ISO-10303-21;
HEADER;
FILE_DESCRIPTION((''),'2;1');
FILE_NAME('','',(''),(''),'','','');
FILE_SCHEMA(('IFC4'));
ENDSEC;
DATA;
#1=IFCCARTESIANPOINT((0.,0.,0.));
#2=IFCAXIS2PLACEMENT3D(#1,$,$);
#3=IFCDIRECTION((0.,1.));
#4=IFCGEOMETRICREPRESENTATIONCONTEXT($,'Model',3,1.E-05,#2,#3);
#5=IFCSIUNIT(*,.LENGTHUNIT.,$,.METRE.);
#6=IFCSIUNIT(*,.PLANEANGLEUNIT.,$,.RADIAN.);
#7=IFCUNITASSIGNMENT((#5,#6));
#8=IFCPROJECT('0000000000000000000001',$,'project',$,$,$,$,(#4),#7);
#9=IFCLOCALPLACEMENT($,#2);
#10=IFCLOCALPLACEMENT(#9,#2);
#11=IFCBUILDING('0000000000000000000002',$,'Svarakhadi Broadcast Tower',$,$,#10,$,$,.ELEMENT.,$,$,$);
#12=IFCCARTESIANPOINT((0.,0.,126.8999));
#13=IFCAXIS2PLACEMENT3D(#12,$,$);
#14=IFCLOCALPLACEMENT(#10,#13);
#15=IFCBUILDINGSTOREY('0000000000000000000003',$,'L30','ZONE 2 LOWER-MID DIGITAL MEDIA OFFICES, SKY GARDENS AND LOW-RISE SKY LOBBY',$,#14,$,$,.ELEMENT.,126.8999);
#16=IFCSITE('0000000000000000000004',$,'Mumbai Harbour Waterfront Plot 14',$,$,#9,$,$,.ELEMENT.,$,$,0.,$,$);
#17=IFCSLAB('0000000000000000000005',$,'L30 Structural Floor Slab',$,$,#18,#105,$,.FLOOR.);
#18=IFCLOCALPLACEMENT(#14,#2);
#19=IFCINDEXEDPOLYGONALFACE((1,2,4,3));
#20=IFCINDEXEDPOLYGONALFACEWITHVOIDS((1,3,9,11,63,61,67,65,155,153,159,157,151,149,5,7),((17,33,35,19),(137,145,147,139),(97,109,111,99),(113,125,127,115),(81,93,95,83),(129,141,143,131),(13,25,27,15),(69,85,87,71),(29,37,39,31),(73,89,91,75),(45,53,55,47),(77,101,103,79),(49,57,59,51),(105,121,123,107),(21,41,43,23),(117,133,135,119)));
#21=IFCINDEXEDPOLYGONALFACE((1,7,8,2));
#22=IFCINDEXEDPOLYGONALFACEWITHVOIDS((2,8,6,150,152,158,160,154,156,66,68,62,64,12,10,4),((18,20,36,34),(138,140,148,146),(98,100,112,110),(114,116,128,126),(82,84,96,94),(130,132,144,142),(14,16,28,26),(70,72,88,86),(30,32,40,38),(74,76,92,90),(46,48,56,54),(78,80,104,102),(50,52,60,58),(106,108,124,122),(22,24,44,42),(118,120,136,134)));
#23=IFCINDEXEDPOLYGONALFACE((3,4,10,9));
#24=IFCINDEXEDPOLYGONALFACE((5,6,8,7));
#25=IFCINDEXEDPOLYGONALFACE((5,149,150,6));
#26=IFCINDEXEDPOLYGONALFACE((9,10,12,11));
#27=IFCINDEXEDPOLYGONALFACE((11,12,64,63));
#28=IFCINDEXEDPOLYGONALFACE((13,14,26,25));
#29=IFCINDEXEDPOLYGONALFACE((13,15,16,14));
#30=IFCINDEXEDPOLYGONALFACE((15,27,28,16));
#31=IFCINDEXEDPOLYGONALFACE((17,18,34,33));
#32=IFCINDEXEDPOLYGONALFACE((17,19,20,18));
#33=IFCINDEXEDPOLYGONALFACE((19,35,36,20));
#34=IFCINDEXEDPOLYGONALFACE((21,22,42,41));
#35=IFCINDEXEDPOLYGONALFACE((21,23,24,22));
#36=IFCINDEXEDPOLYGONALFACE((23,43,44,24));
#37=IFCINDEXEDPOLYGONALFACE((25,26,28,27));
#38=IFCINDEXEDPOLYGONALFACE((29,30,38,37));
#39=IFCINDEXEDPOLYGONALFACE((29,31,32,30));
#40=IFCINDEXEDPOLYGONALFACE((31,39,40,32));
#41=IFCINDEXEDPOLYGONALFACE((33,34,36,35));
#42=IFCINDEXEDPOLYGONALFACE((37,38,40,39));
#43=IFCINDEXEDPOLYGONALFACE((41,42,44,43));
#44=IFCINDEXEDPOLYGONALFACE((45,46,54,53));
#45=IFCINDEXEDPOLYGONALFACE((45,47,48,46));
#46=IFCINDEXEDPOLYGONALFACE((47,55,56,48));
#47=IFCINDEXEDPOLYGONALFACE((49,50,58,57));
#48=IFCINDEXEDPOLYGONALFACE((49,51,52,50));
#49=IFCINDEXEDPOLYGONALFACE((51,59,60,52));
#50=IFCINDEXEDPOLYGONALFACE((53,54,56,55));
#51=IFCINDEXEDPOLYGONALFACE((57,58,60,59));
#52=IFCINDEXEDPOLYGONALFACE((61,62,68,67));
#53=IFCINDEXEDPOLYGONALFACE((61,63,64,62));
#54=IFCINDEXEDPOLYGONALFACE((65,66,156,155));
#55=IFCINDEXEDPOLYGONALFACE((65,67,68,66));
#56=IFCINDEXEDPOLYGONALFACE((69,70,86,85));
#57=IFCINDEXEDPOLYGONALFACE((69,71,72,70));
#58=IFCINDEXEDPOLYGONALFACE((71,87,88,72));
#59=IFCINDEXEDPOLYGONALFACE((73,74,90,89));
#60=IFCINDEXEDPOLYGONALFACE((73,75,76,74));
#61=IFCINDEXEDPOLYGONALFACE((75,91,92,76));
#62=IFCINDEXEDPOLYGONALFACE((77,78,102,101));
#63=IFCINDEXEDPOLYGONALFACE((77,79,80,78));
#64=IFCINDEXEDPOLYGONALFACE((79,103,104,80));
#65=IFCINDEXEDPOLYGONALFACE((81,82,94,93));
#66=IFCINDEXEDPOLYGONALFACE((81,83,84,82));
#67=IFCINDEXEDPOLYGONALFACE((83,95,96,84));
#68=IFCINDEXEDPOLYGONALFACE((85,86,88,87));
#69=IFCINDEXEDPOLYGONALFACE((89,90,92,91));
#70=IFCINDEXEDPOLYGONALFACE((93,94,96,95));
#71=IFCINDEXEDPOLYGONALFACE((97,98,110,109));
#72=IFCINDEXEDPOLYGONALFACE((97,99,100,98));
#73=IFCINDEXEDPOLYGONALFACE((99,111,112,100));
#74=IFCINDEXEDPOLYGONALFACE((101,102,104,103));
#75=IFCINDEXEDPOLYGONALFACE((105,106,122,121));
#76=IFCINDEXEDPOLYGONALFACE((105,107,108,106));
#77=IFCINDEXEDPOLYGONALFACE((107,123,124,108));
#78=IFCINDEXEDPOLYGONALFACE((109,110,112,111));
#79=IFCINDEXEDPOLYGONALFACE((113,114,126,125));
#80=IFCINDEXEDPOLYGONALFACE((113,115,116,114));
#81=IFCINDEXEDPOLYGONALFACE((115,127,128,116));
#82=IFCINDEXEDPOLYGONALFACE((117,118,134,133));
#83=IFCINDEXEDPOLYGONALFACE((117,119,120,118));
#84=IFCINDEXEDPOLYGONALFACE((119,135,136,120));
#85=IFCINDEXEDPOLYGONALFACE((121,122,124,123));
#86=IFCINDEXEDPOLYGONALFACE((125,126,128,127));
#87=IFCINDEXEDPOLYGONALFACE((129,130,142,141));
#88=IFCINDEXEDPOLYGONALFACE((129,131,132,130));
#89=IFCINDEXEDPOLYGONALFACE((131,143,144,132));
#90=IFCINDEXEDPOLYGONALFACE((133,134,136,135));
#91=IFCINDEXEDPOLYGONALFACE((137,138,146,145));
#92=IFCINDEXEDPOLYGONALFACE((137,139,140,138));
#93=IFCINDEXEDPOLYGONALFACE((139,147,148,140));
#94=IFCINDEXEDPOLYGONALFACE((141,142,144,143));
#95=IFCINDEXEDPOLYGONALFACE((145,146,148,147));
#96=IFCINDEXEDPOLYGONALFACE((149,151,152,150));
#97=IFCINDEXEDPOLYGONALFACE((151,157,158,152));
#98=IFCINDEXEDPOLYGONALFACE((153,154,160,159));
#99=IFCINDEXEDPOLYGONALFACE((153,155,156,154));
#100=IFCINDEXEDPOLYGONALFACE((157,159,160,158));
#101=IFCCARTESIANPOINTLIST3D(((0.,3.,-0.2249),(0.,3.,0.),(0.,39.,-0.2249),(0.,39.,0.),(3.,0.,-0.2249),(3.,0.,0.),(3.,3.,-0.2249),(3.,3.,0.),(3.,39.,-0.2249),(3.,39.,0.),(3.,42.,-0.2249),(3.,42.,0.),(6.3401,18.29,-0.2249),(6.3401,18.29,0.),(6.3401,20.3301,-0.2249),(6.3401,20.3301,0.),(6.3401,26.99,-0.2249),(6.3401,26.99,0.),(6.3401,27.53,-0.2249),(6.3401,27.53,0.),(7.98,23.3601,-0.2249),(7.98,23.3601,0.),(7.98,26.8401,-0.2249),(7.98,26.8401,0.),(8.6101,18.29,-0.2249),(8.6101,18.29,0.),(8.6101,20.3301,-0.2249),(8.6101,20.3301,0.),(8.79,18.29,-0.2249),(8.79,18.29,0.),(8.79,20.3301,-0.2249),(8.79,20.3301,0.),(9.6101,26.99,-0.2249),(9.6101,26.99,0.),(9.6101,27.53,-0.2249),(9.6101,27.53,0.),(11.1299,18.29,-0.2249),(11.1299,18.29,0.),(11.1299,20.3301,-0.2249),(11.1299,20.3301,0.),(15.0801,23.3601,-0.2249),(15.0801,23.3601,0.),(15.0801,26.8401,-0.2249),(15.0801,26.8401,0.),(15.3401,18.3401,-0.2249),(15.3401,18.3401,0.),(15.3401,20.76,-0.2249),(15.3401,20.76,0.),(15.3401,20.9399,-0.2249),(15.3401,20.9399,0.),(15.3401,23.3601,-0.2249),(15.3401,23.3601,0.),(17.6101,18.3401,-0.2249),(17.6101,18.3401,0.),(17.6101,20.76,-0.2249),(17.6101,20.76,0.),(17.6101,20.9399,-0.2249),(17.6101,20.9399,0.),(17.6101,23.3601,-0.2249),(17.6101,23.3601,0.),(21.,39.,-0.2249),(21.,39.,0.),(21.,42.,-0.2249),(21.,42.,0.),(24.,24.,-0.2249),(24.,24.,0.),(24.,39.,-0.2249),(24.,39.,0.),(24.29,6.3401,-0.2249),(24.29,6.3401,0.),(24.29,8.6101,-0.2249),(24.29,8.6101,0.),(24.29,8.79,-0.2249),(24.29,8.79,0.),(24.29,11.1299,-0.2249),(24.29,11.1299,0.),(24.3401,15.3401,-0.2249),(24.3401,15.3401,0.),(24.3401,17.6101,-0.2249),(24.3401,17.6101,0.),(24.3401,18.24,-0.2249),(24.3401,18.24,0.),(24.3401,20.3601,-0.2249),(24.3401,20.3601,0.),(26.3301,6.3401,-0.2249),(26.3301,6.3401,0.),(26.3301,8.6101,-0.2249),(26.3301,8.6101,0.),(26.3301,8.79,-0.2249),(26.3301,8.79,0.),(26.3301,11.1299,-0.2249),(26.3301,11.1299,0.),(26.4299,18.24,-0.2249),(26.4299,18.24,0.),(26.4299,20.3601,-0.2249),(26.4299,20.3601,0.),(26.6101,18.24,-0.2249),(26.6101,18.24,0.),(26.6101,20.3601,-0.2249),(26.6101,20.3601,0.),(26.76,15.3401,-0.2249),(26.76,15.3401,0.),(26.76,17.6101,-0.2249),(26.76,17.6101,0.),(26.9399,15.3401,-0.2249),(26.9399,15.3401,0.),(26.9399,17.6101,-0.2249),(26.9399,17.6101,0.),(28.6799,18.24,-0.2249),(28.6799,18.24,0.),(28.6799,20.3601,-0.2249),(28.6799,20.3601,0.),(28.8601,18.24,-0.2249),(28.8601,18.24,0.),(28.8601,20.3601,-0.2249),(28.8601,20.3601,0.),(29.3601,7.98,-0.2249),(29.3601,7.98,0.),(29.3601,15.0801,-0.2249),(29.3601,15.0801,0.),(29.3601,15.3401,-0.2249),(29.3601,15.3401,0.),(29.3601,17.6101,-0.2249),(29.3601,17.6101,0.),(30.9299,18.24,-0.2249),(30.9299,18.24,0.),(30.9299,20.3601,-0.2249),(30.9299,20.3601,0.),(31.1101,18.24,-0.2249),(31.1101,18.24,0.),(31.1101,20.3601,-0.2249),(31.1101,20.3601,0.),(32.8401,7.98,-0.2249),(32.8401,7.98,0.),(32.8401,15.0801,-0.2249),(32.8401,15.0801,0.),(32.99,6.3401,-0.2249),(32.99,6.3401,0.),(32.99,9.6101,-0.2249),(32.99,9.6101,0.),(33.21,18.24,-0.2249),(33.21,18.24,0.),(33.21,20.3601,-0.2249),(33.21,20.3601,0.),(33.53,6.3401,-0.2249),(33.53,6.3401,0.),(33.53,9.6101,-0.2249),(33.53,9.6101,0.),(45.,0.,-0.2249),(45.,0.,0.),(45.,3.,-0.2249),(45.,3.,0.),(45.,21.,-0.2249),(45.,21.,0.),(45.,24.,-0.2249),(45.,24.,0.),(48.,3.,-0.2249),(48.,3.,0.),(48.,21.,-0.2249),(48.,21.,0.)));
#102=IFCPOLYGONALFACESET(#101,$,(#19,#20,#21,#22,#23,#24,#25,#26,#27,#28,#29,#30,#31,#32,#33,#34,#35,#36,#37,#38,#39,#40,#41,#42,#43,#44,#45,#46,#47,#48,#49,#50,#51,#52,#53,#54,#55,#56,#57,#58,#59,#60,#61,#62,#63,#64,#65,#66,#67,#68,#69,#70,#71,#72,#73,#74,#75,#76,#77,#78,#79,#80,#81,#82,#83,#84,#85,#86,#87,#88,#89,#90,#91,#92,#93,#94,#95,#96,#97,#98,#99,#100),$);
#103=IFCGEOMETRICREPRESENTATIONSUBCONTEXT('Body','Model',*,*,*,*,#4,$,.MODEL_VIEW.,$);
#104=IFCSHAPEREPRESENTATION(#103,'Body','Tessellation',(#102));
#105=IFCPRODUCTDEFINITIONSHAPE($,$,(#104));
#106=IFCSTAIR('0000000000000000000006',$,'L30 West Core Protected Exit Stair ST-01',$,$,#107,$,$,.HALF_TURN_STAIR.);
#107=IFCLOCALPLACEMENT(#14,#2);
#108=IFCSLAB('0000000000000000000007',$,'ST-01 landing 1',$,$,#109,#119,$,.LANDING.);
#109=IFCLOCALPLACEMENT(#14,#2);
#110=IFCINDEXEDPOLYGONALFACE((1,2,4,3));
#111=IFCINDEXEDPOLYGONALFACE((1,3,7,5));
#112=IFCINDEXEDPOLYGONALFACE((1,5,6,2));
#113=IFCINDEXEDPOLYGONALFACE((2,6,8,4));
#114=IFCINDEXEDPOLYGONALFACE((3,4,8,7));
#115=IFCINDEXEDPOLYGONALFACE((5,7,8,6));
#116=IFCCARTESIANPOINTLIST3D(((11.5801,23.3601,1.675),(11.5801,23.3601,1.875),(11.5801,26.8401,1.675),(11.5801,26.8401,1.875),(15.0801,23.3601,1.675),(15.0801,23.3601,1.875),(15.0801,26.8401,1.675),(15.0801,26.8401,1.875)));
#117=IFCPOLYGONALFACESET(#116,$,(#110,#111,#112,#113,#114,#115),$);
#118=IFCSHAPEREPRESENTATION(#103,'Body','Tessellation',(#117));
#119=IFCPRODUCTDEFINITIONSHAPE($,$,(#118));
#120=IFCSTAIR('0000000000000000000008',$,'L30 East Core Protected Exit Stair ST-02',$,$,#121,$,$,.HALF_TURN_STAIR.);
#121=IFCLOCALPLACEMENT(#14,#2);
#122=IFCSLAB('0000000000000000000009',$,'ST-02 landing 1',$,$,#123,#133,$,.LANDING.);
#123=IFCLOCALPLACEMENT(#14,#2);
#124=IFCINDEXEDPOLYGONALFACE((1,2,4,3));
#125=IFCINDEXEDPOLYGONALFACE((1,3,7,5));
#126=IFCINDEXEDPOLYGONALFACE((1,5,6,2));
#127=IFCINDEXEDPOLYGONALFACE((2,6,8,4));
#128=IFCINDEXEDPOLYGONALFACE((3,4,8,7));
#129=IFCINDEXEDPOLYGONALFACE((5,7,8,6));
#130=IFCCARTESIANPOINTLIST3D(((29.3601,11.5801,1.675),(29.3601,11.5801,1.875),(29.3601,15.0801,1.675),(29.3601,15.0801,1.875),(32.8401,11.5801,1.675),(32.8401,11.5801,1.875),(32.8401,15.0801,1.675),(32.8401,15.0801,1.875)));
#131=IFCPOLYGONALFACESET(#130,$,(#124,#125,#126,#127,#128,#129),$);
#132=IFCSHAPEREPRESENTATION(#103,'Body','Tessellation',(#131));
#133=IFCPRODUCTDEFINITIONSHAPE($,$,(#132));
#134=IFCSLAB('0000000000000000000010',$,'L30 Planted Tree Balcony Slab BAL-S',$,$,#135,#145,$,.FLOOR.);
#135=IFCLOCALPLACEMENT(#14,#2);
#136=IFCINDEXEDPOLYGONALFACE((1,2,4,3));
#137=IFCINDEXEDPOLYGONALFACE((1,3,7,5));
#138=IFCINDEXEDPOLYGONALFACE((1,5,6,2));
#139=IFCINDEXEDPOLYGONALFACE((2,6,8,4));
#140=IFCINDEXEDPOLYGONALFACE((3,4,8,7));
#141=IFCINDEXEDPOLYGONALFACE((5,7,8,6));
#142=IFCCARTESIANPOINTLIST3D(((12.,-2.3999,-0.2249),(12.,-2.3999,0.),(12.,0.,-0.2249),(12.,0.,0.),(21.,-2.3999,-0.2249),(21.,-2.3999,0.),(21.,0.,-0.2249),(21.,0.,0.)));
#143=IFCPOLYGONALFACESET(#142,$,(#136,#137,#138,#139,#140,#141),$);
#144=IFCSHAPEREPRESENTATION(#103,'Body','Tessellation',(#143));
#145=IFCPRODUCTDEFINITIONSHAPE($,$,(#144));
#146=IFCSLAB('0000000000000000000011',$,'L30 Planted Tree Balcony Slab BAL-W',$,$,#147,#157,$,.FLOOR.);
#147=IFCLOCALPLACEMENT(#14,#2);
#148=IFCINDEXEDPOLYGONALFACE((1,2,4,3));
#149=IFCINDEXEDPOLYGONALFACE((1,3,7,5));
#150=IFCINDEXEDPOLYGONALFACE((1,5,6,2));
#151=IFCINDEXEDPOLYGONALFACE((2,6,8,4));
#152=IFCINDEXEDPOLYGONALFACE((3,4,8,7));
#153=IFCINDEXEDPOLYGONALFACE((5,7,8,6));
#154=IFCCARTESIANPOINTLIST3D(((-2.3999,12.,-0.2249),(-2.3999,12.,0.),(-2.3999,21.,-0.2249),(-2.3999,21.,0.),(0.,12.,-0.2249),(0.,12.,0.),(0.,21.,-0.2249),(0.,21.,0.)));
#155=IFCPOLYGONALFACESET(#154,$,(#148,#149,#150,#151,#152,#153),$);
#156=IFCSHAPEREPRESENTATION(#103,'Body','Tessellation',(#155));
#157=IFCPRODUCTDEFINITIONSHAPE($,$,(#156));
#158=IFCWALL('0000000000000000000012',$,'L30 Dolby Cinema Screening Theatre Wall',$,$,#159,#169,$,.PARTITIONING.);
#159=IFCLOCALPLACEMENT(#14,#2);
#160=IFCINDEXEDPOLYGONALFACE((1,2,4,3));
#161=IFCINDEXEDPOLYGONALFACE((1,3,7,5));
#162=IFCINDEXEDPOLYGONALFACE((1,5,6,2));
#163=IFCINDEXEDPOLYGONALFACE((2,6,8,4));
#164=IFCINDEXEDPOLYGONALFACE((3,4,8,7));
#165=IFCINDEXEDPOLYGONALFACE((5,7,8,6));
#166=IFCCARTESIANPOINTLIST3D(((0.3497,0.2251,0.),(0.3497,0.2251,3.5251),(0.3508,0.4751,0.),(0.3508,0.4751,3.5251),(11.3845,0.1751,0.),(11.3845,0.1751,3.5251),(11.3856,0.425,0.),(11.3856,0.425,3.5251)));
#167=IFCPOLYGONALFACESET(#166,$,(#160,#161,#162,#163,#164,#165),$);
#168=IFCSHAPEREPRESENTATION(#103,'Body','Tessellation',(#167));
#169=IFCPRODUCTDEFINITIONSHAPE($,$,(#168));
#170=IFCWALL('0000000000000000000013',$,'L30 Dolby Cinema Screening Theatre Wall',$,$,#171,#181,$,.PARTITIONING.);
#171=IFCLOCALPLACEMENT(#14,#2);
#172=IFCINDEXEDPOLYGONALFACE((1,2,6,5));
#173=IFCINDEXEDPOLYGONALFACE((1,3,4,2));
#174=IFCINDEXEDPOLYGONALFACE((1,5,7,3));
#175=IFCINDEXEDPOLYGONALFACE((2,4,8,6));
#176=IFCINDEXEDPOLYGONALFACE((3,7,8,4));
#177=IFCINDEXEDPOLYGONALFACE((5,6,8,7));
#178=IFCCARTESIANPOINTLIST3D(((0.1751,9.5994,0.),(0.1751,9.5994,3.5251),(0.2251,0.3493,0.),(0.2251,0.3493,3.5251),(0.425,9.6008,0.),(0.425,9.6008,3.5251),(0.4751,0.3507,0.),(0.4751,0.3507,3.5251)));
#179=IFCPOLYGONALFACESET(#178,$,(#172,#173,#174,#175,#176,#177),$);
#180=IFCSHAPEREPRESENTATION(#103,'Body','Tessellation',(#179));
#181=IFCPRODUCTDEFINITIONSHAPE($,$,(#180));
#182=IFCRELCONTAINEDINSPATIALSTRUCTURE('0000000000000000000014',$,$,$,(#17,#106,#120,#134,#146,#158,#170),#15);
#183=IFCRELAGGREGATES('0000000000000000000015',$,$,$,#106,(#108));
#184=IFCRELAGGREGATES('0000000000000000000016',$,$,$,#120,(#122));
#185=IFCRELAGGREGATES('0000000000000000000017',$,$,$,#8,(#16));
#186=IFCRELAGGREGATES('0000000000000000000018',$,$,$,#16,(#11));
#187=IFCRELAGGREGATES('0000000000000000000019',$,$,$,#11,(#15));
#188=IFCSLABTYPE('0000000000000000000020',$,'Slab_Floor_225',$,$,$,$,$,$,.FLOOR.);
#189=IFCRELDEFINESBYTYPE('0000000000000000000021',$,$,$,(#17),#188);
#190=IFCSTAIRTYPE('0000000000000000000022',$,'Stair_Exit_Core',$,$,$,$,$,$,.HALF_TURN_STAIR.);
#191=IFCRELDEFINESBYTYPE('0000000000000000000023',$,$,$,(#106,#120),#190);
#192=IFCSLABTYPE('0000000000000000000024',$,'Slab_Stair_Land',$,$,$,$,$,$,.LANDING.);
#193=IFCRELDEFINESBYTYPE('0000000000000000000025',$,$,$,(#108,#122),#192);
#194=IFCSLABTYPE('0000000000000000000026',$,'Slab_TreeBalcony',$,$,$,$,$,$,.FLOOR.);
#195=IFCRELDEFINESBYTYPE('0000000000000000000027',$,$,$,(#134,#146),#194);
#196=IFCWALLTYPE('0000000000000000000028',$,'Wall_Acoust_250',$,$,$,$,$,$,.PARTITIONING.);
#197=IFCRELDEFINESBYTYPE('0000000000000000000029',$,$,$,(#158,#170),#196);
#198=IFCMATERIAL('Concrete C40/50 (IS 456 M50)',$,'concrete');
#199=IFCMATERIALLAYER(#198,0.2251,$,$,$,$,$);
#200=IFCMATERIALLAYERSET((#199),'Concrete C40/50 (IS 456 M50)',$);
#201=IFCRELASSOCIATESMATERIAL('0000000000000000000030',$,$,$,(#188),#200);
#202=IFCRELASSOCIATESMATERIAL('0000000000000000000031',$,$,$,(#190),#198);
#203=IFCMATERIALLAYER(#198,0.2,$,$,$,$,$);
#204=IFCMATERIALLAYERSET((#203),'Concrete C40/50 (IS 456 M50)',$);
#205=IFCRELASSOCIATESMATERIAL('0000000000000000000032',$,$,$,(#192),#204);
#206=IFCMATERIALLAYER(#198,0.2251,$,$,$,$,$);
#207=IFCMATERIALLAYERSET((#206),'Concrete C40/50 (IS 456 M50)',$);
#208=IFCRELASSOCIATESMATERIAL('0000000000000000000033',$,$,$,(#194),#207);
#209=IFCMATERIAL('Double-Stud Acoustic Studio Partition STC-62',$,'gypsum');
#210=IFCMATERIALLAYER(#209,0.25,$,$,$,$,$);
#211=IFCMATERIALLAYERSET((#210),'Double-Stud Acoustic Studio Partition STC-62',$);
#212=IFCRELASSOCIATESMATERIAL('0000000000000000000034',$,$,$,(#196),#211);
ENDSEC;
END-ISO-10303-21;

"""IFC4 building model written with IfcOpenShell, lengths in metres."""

from ifc_helpers import new_model, si_unit, direction, frame, frame_2d, origin, place, context, subcontext, project, spatial, polyline, rectangle, outline, extrude, material, layer, layer_set, type_object, element, aggregate, save


model = new_model("IFC4")

# Units and contexts
model_context = context("Model", 3, precision=1e-05, world=origin(), true_north=direction((0.0, 1.0)))
body_context = subcontext(model_context, "Body", "Model", "MODEL_VIEW")
ifc_project = project(units=[si_unit("LENGTHUNIT", "METRE"), si_unit("PLANEANGLEUNIT", "RADIAN")], contexts=[model_context])

# Site, building, storey
site_placement = place(None, origin())
site = spatial("IfcSite", under=ifc_project, at=site_placement, Name="Mumbai Harbour Waterfront Plot 14", CompositionType="ELEMENT", RefElevation=0.0)
building_placement = place(site_placement, origin())
building = spatial("IfcBuilding", under=site, at=building_placement, Name="Svarakhadi Broadcast Tower", CompositionType="ELEMENT")
storey_placement = place(building_placement, frame((0.0, 0.0, 126.8999)))
storey = spatial("IfcBuildingStorey", under=building, at=storey_placement, Name="L30", Description="ZONE 2 LOWER-MID DIGITAL MEDIA OFFICES, SKY GARDENS AND LOW-RISE SKY LOBBY", CompositionType="ELEMENT", Elevation=126.8999)

# Slab
ifc_material_1 = material(Name="Concrete C40/50 (IS 456 M50)", Category="concrete")
ifc_layer_1 = layer(ifc_material_1, 0.2251)
ifc_layer_set_1 = layer_set([ifc_layer_1], Name="Concrete C40/50 (IS 456 M50)")
slab_type_1 = type_object("IfcSlabType", Name="Slab_Floor_225", PredefinedType="FLOOR", material=ifc_layer_set_1)
slab_1_placement = place(storey_placement, frame((0.0, 0.0, -0.2249)))
element("IfcSlab", 1, at=slab_1_placement, inside=storey, type_object=slab_type_1, Name="L30 Structural Floor Slab", PredefinedType="FLOOR", context=body_context, shape_type="SweptSolid", body=[
    extrude(outline(polyline([(3.0, 0.0), (45.0, 0.0), (45.0, 3.0), (48.0, 3.0), (48.0, 21.0), (45.0, 21.0), (45.0, 24.0), (24.0, 24.0), (24.0, 39.0), (21.0, 39.0), (21.0, 42.0), (3.0, 42.0), (3.0, 39.0), (0.0, 39.0), (0.0, 3.0), (3.0, 3.0), (3.0, 0.0)]), holes=[polyline([(7.98, 23.3601), (15.0801, 23.3601), (15.0801, 26.8401), (7.98, 26.8401), (7.98, 23.3601)]), polyline([(32.8401, 7.98), (32.8401, 15.0801), (29.3601, 15.0801), (29.3601, 7.98), (32.8401, 7.98)]), polyline([(6.3401, 18.29), (8.6101, 18.29), (8.6101, 20.3301), (6.3401, 20.3301), (6.3401, 18.29)]), polyline([(8.79, 18.29), (11.1299, 18.29), (11.1299, 20.3301), (8.79, 20.3301), (8.79, 18.29)]), polyline([(24.29, 6.3401), (26.3301, 6.3401), (26.3301, 8.6101), (24.29, 8.6101), (24.29, 6.3401)]), polyline([(24.29, 8.79), (26.3301, 8.79), (26.3301, 11.1299), (24.29, 11.1299), (24.29, 8.79)]), polyline([(6.3401, 26.99), (9.6101, 26.99), (9.6101, 27.53), (6.3401, 27.53), (6.3401, 26.99)]), polyline([(32.99, 6.3401), (33.53, 6.3401), (33.53, 9.6101), (32.99, 9.6101), (32.99, 6.3401)]), polyline([(15.3401, 18.3401), (17.6101, 18.3401), (17.6101, 20.76), (15.3401, 20.76), (15.3401, 18.3401)]), polyline([(15.3401, 20.9399), (17.6101, 20.9399), (17.6101, 23.3601), (15.3401, 23.3601), (15.3401, 20.9399)]), polyline([(24.3401, 15.3401), (26.76, 15.3401), (26.76, 17.6101), (24.3401, 17.6101), (24.3401, 15.3401)]), polyline([(26.9399, 15.3401), (29.3601, 15.3401), (29.3601, 17.6101), (26.9399, 17.6101), (26.9399, 15.3401)]), polyline([(24.3401, 18.24), (26.4299, 18.24), (26.4299, 20.3601), (24.3401, 20.3601), (24.3401, 18.24)]), polyline([(26.6101, 18.24), (28.6799, 18.24), (28.6799, 20.3601), (26.6101, 20.3601), (26.6101, 18.24)]), polyline([(28.8601, 18.24), (30.9299, 18.24), (30.9299, 20.3601), (28.8601, 20.3601), (28.8601, 18.24)]), polyline([(31.1101, 18.24), (33.21, 18.24), (33.21, 20.3601), (31.1101, 20.3601), (31.1101, 18.24)])]), origin(), (0.0, 0.0, 1.0), 0.2249),
])

# Stairs, slabs
stair_type = type_object("IfcStairType", Name="Stair_Exit_Core", PredefinedType="HALF_TURN_STAIR", material=ifc_material_1)
stair_1_placement = place(storey_placement, origin())
stair_1 = element("IfcStair", 2, at=stair_1_placement, inside=storey, type_object=stair_type, Name="L30 West Core Protected Exit Stair ST-01", PredefinedType="HALF_TURN_STAIR")
ifc_layer_2 = layer(ifc_material_1, 0.2)
ifc_layer_set_2 = layer_set([ifc_layer_2], Name="Concrete C40/50 (IS 456 M50)")
slab_type_2 = type_object("IfcSlabType", Name="Slab_Stair_Land", PredefinedType="LANDING", material=ifc_layer_set_2)
slab_2_placement = place(storey_placement, frame((0.0, 0.0, 1.675)))
slab_2 = element("IfcSlab", 3, at=slab_2_placement, type_object=slab_type_2, Name="ST-01 landing 1", PredefinedType="LANDING", context=body_context, shape_type="SweptSolid", body=[
    extrude(outline(polyline([(11.5801, 23.3601), (15.0801, 23.3601), (15.0801, 26.8401), (11.5801, 26.8401), (11.5801, 23.3601)])), origin(), (0.0, 0.0, 1.0), 0.2),
])
aggregate(stair_1, [slab_2])
stair_2_placement = place(storey_placement, origin())
stair_2 = element("IfcStair", 4, at=stair_2_placement, inside=storey, type_object=stair_type, Name="L30 East Core Protected Exit Stair ST-02", PredefinedType="HALF_TURN_STAIR")
slab_3_placement = place(storey_placement, frame((0.0, 0.0, 1.675)))
slab_3 = element("IfcSlab", 5, at=slab_3_placement, type_object=slab_type_2, Name="ST-02 landing 1", PredefinedType="LANDING", context=body_context, shape_type="SweptSolid", body=[
    extrude(outline(polyline([(32.8401, 11.5801), (32.8401, 15.0801), (29.3601, 15.0801), (29.3601, 11.5801), (32.8401, 11.5801)])), origin(), (0.0, 0.0, 1.0), 0.2),
])
aggregate(stair_2, [slab_3])

# Slabs
ifc_layer_3 = layer(ifc_material_1, 0.2251)
ifc_layer_set_3 = layer_set([ifc_layer_3], Name="Concrete C40/50 (IS 456 M50)")
slab_type_3 = type_object("IfcSlabType", Name="Slab_TreeBalcony", PredefinedType="FLOOR", material=ifc_layer_set_3)
slab_4_placement = place(storey_placement, frame((0.0, 0.0, -0.2249)))
element("IfcSlab", 6, at=slab_4_placement, inside=storey, type_object=slab_type_3, Name="L30 Planted Tree Balcony Slab BAL-S", PredefinedType="FLOOR", context=body_context, shape_type="SweptSolid", body=[
    extrude(outline(polyline([(12.0, -2.3999), (21.0, -2.3999), (21.0, 0.0), (12.0, 0.0), (12.0, -2.3999)])), origin(), (0.0, 0.0, 1.0), 0.2249),
])
slab_5_placement = place(storey_placement, frame((0.0, 0.0, -0.2249)))
element("IfcSlab", 7, at=slab_5_placement, inside=storey, type_object=slab_type_3, Name="L30 Planted Tree Balcony Slab BAL-W", PredefinedType="FLOOR", context=body_context, shape_type="SweptSolid", body=[
    extrude(outline(polyline([(-2.3999, 12.0), (0.0, 12.0), (0.0, 21.0), (-2.3999, 21.0), (-2.3999, 12.0)])), origin(), (0.0, 0.0, 1.0), 0.2249),
])

# Walls
ifc_material_2 = material(Name="Double-Stud Acoustic Studio Partition STC-62", Category="gypsum")
ifc_layer_4 = layer(ifc_material_2, 0.25)
ifc_layer_set_4 = layer_set([ifc_layer_4], Name="Double-Stud Acoustic Studio Partition STC-62")
wall_type = type_object("IfcWallType", Name="Wall_Acoust_250", PredefinedType="PARTITIONING", material=ifc_layer_set_4)
wall_1_placement = place(storey_placement, frame((0.3501, 0.3501, 0.0), z_axis=(0.0, 0.0, 1.0), x_axis=(0.99999, -0.004535, 0.0)))
element("IfcWall", 8, at=wall_1_placement, inside=storey, type_object=wall_type, Name="L30 Dolby Cinema Screening Theatre Wall", PredefinedType="PARTITIONING", context=body_context, shape_type="SweptSolid", body=[
    extrude(rectangle(XDim=11.0349, YDim=0.25, at=frame_2d((5.5176, 0.0))), origin(), (0.0, 0.0, 1.0), 3.5251),
])
wall_2_placement = place(storey_placement, frame((0.3501, 0.3501, 0.0), z_axis=(0.0, 0.0, 1.0), x_axis=(-0.005411, 0.999985, 0.0)))
element("IfcWall", 9, at=wall_2_placement, inside=storey, type_object=wall_type, Name="L30 Dolby Cinema Screening Theatre Wall", PredefinedType="PARTITIONING", context=body_context, shape_type="SweptSolid", body=[
    extrude(rectangle(XDim=9.2502, YDim=0.25, at=frame_2d((4.625, 0.0))), origin(), (0.0, 0.0, 1.0), 3.5251),
])

save(model, "model.ifc")
